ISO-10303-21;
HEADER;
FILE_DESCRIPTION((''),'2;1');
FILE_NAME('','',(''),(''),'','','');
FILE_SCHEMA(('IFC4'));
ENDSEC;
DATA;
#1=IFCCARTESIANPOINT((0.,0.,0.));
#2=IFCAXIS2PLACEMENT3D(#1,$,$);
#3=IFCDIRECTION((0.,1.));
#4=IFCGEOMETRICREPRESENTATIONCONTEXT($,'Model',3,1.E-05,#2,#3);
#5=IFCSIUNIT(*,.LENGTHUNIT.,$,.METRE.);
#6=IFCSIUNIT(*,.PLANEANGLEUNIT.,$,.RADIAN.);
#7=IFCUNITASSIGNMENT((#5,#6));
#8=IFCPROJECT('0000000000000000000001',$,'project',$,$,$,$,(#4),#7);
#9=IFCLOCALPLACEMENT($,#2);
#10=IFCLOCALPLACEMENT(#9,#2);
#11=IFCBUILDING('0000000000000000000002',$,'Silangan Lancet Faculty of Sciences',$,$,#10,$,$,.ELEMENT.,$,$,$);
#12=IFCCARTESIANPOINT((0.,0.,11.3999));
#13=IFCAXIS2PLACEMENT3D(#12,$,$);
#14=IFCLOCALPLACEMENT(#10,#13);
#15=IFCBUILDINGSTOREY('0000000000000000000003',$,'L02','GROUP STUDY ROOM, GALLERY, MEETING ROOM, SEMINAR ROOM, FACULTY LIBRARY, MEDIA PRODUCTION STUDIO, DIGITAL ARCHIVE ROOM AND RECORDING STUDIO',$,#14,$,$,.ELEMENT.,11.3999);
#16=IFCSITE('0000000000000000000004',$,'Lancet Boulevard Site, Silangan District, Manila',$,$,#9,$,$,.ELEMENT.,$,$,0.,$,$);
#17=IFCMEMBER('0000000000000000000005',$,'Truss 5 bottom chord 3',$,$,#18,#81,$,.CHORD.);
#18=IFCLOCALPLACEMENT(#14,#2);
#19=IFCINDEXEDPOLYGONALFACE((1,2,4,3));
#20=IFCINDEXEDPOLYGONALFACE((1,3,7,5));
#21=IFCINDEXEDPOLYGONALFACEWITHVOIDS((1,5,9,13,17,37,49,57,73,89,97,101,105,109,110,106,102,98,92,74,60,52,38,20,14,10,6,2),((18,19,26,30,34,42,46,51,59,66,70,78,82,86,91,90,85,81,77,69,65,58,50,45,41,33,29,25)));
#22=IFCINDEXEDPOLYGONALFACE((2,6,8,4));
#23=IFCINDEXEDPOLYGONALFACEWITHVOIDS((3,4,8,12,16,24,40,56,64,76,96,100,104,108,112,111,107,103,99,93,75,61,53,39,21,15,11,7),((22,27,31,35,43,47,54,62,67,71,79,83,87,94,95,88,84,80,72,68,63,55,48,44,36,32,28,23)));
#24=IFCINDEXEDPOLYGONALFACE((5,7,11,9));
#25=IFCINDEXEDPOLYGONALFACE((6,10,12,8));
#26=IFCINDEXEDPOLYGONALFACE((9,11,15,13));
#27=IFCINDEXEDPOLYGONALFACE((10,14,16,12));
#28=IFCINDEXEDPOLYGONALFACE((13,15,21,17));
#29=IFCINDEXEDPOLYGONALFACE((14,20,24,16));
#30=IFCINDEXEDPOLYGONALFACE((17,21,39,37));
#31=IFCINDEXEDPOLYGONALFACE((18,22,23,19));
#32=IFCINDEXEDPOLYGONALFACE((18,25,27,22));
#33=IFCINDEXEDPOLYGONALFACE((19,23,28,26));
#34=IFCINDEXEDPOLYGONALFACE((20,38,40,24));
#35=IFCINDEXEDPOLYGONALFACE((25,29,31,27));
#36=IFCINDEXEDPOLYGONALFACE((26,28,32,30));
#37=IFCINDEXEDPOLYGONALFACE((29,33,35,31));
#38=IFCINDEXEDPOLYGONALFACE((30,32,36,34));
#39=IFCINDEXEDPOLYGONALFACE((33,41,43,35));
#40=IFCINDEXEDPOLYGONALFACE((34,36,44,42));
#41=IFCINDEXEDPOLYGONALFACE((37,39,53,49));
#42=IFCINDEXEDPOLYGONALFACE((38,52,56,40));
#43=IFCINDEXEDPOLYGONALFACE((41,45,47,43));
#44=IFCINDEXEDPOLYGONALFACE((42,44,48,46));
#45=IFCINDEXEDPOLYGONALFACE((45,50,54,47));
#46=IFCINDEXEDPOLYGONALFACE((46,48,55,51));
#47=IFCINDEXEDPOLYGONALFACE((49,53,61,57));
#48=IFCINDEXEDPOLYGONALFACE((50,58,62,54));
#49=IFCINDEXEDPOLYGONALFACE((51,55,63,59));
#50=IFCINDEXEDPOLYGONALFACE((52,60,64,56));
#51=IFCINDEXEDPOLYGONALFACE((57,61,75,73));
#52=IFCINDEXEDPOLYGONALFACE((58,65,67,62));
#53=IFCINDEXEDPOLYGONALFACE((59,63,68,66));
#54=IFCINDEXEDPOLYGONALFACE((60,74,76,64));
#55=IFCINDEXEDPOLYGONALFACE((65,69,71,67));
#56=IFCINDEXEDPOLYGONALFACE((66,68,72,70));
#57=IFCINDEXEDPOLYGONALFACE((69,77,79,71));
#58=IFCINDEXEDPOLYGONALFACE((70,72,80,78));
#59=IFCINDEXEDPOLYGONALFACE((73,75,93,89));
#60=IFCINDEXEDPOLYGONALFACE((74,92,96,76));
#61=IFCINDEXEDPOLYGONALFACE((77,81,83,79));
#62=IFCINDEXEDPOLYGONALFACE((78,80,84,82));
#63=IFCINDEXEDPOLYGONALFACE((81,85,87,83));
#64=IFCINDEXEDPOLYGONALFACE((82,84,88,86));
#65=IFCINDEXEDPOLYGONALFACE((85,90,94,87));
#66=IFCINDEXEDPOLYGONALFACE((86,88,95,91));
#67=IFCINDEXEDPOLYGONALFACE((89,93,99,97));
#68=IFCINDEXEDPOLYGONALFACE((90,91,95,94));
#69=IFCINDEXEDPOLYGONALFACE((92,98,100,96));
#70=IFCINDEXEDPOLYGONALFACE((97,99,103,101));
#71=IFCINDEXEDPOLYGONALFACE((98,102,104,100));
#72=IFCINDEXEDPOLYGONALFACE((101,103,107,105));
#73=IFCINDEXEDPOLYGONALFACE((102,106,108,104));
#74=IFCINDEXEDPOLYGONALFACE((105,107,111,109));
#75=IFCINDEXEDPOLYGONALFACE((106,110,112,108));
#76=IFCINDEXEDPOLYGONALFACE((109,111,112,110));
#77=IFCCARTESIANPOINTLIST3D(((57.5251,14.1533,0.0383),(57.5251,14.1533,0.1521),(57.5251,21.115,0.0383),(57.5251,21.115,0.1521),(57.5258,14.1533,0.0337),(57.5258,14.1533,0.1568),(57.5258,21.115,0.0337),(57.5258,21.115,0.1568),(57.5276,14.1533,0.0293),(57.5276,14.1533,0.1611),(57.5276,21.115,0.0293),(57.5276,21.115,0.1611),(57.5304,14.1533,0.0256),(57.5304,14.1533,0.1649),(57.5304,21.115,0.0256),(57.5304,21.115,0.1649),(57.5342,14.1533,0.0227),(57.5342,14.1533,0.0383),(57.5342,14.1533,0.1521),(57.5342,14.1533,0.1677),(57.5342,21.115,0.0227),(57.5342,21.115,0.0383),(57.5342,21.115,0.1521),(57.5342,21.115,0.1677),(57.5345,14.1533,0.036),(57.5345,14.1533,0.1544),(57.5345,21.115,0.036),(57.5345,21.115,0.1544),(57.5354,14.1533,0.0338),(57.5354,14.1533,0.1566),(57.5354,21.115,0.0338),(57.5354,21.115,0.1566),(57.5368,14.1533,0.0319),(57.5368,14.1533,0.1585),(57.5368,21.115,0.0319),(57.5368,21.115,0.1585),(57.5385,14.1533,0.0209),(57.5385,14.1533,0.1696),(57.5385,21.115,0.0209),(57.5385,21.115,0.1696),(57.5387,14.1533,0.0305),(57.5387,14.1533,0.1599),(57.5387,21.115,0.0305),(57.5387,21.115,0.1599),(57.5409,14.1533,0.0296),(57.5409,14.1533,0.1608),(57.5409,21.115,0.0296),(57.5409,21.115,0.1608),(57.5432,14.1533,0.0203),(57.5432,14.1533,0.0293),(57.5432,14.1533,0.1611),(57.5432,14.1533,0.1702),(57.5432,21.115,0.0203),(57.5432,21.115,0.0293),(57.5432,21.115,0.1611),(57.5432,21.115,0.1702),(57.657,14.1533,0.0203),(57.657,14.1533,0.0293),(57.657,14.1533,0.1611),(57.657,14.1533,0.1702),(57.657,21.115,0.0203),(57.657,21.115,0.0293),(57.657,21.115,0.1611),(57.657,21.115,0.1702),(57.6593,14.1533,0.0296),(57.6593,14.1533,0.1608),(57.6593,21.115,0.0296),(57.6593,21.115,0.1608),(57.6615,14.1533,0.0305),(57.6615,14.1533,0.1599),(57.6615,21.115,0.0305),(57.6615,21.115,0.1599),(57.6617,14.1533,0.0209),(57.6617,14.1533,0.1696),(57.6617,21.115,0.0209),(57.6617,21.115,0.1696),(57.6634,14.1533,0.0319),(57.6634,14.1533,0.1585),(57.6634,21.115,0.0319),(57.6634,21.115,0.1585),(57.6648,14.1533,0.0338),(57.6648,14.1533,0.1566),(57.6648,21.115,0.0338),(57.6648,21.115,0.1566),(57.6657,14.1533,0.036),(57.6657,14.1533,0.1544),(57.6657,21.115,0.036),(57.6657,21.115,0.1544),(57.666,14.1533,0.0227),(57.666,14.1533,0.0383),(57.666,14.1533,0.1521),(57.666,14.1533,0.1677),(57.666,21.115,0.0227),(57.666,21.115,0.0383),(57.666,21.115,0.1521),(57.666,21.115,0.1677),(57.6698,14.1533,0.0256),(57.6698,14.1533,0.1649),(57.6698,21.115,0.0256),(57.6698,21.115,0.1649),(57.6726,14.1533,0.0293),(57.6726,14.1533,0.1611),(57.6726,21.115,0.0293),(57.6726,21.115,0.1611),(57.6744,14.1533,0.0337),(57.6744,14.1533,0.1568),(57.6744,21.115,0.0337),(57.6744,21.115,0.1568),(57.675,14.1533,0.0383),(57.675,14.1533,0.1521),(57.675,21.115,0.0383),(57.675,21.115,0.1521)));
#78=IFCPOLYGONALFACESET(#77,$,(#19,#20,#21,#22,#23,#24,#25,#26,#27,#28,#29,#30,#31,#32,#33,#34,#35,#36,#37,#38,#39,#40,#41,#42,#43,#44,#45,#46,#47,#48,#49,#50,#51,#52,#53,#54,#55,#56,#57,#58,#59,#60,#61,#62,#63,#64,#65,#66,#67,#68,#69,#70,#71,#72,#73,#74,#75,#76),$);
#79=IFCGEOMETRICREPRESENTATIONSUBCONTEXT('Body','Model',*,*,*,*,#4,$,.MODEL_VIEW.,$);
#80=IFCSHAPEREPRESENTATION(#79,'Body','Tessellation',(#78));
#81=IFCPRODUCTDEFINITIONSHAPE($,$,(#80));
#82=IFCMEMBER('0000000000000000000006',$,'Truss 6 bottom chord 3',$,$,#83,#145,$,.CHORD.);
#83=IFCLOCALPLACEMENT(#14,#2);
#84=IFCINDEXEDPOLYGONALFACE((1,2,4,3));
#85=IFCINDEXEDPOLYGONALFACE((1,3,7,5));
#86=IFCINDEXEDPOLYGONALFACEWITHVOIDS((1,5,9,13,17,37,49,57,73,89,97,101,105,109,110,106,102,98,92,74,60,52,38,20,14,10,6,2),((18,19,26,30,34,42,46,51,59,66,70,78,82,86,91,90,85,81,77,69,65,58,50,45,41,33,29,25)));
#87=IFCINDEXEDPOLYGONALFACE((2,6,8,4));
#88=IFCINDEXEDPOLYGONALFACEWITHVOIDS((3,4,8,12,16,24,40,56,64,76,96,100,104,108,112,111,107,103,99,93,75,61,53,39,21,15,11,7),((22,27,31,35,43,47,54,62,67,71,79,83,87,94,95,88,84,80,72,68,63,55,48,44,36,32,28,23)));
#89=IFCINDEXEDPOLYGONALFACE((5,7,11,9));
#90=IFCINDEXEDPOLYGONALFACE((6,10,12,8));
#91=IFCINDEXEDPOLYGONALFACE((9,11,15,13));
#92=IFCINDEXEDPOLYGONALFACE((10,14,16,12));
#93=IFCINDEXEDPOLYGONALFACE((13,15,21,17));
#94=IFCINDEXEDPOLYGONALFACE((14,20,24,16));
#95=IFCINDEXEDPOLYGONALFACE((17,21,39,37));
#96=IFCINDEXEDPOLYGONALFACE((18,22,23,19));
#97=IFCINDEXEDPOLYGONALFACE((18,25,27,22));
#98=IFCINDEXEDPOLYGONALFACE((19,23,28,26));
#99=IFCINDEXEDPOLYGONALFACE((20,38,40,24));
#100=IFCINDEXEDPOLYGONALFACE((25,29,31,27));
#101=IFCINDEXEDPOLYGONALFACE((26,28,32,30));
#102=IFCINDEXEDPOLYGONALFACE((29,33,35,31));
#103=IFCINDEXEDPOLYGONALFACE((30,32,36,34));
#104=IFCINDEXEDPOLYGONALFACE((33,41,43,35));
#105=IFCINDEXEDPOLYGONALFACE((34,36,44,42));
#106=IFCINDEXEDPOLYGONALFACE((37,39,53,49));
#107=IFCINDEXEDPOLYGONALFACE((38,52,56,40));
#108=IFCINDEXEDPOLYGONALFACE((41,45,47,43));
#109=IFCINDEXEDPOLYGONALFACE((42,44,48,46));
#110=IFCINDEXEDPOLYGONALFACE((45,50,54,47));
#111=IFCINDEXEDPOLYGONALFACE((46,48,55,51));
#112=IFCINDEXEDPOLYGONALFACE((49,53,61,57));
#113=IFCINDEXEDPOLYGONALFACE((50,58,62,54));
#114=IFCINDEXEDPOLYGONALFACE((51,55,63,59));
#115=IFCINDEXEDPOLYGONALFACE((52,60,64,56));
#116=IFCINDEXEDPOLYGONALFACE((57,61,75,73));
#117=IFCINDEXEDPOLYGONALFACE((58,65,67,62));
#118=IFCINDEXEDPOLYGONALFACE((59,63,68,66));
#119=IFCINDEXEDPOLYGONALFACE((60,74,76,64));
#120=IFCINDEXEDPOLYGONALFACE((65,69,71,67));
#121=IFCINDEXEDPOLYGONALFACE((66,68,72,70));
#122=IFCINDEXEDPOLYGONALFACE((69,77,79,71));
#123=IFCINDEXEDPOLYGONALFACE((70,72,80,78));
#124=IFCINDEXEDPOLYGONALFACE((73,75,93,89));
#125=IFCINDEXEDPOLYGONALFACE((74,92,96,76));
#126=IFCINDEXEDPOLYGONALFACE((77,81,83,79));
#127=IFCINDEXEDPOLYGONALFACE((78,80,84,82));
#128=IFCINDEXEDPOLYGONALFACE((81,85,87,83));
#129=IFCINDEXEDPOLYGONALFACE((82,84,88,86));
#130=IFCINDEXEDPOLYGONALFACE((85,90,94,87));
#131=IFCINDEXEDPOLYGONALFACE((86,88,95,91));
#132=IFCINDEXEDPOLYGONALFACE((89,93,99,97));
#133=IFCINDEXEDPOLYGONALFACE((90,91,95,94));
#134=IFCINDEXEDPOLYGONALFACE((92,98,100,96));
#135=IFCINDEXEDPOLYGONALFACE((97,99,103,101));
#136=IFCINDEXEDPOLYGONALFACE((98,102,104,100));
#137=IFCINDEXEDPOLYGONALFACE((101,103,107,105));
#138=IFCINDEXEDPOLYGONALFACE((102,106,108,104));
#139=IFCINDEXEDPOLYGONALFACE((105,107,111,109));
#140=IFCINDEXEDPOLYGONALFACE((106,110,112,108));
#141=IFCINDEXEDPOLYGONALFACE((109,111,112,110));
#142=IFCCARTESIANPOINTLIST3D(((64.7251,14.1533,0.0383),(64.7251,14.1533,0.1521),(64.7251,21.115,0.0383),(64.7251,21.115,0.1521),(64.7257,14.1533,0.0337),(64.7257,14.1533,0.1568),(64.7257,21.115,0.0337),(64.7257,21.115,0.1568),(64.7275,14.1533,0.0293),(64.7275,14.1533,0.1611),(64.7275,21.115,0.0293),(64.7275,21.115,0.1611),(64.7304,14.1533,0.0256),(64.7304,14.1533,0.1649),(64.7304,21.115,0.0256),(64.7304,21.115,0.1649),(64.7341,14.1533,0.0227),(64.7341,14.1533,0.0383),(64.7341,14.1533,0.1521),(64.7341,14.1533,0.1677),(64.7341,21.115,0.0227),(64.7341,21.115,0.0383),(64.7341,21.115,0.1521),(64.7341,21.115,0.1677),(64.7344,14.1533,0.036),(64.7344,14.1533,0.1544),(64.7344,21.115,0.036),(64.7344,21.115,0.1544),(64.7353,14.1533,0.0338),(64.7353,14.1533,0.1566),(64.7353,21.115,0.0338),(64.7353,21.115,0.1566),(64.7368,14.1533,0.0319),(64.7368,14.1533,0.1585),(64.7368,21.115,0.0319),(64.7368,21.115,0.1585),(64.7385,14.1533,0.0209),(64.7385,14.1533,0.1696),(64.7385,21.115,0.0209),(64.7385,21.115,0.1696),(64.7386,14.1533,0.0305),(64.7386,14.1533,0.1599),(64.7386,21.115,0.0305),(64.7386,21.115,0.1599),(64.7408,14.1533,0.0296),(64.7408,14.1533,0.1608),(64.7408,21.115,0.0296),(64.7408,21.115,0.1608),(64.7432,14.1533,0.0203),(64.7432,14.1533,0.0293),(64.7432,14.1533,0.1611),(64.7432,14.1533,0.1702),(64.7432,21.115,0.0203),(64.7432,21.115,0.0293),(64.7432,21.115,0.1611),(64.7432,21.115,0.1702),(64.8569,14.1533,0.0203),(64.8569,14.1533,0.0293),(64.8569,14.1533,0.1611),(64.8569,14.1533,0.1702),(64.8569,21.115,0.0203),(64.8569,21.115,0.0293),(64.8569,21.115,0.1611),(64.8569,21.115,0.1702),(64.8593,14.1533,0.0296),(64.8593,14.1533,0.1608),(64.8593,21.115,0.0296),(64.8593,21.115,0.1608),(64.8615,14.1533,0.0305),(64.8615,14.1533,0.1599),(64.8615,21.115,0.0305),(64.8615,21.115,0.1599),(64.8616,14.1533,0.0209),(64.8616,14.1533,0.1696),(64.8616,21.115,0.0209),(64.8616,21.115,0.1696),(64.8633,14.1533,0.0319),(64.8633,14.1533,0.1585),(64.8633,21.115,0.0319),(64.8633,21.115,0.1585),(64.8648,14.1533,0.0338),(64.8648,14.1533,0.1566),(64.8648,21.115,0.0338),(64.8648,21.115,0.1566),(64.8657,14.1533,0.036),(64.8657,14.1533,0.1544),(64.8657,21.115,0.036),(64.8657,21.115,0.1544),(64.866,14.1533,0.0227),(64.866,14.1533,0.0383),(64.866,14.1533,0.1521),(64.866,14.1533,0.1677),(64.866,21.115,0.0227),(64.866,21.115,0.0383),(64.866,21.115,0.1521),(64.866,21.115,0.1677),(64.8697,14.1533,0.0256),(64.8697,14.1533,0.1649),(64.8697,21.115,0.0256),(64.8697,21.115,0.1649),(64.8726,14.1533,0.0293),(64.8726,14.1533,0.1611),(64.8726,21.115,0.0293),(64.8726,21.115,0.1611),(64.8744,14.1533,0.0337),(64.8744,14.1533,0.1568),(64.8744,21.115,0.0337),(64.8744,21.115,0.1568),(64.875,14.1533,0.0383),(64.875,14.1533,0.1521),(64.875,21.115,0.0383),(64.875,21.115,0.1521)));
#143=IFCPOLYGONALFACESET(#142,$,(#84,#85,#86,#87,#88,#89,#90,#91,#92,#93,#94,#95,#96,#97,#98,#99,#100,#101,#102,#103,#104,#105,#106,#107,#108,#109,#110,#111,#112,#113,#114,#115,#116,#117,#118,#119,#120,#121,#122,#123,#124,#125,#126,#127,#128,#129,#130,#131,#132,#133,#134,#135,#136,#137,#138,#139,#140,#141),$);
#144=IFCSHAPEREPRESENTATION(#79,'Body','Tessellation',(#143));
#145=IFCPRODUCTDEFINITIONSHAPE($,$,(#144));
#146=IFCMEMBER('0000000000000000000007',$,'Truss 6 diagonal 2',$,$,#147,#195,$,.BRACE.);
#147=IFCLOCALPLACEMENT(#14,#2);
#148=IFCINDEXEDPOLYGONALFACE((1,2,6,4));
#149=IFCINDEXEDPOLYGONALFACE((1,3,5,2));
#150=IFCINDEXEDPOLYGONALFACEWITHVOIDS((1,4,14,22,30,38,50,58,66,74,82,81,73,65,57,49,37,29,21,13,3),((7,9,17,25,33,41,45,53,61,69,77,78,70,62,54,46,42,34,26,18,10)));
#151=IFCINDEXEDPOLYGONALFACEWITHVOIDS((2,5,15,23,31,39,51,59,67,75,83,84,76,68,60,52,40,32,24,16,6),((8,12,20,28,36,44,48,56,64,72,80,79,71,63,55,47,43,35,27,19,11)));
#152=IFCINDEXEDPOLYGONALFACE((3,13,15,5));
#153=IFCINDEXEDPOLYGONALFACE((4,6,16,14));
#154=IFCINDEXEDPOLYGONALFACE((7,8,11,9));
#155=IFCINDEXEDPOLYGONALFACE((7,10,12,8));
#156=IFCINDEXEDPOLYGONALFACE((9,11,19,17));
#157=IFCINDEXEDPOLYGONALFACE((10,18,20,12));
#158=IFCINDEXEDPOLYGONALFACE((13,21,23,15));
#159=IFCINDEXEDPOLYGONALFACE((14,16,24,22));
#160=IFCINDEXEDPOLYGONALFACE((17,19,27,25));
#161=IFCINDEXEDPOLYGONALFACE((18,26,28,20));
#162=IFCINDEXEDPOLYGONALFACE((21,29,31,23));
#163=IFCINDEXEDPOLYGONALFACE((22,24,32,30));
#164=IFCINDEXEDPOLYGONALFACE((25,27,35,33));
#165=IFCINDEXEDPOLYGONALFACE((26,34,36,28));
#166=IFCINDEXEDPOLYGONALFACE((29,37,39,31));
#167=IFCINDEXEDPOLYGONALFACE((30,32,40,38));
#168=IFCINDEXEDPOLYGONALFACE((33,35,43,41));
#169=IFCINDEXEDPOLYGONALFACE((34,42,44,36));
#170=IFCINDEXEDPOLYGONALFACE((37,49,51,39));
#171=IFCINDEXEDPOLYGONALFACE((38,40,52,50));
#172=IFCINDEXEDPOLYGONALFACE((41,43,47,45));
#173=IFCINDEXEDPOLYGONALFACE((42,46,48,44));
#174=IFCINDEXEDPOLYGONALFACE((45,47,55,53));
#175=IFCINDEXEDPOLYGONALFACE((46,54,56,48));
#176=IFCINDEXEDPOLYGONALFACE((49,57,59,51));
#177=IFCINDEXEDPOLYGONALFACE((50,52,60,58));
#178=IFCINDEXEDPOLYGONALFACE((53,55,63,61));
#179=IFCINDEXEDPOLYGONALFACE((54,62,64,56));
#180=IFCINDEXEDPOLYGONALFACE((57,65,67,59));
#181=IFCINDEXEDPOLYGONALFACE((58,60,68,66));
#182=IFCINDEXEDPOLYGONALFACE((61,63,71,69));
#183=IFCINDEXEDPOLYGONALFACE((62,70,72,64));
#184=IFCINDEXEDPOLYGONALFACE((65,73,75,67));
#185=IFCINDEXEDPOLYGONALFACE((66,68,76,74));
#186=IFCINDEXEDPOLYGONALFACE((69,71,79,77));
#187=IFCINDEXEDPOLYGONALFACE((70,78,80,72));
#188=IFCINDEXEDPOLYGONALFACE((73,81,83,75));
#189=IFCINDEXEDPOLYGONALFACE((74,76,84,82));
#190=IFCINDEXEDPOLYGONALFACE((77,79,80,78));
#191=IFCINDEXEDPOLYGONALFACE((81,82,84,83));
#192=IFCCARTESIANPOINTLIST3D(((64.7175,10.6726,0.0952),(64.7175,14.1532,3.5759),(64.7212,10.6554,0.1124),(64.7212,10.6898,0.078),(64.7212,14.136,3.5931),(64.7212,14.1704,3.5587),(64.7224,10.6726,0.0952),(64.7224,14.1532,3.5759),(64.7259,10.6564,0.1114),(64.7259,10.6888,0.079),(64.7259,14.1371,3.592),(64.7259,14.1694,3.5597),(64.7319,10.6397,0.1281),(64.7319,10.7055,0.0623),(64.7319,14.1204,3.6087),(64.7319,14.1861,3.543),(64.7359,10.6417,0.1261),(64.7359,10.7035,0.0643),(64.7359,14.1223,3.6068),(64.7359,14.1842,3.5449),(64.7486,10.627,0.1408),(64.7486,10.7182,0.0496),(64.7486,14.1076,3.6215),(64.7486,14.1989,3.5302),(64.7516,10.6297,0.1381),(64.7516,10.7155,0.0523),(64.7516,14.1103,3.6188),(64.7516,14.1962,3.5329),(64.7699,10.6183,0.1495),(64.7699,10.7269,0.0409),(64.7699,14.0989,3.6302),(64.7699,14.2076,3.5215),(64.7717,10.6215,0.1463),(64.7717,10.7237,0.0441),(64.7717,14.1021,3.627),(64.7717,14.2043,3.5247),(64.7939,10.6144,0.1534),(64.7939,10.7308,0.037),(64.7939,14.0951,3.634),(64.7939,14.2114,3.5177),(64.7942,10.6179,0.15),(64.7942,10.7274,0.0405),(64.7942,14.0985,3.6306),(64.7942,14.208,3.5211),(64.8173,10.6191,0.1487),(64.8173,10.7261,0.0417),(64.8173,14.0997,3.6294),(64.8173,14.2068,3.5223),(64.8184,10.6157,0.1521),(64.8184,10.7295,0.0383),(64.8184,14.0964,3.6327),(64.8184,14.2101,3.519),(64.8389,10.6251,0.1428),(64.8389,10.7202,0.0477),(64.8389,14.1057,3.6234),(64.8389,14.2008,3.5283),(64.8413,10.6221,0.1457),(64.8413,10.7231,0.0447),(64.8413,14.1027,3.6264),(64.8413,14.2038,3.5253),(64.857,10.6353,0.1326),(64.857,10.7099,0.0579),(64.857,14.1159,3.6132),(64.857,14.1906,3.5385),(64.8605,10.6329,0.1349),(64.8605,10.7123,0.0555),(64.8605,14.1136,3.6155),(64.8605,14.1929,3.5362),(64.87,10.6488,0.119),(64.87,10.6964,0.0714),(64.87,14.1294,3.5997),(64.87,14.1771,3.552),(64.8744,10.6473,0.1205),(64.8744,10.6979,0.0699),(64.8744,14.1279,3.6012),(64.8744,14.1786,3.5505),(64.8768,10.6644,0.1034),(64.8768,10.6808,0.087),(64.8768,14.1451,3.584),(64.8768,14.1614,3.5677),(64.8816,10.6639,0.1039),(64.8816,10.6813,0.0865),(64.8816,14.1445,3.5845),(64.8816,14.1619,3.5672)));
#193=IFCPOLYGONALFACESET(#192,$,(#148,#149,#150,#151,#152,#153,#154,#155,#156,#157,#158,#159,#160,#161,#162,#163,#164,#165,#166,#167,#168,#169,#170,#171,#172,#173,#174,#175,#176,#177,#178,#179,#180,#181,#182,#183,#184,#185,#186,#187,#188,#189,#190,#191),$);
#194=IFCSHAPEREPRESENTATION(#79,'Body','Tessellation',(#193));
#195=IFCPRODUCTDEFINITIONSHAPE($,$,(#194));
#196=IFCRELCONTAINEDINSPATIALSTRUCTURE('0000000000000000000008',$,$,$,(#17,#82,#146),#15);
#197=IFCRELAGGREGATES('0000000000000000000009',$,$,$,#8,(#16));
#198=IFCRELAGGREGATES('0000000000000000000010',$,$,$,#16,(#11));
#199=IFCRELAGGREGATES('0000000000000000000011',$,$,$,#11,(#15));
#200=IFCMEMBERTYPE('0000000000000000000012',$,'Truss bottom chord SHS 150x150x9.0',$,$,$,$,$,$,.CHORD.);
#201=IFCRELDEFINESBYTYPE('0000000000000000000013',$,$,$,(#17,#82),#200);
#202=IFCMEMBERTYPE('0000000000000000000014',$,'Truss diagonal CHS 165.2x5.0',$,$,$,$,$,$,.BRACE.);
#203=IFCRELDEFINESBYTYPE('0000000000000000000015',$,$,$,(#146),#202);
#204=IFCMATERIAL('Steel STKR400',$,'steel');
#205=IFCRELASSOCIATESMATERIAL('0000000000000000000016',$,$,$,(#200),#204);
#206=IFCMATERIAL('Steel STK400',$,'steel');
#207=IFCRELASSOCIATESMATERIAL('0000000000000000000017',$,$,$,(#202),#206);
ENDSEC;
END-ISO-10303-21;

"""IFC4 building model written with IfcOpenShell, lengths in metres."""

from ifc_helpers import new_model, si_unit, direction, frame, origin, origin_2d, place, context, subcontext, project, spatial, hollow_rectangle, hollow_circle, extrude, material, material_profile, profile_set, type_object, element, save


model = new_model("IFC4")

# Units and contexts
model_context = context("Model", 3, precision=1e-05, world=origin(), true_north=direction((0.0, 1.0)))
body_context = subcontext(model_context, "Body", "Model", "MODEL_VIEW")
ifc_project = project(units=[si_unit("LENGTHUNIT", "METRE"), si_unit("PLANEANGLEUNIT", "RADIAN")], contexts=[model_context])

# Site, building, storey
site_placement = place(None, origin())
site = spatial("IfcSite", under=ifc_project, at=site_placement, Name="Lancet Boulevard Site, Silangan District, Manila", CompositionType="ELEMENT", RefElevation=0.0)
building_placement = place(site_placement, origin())
building = spatial("IfcBuilding", under=site, at=building_placement, Name="Silangan Lancet Faculty of Sciences", CompositionType="ELEMENT")
storey_placement = place(building_placement, frame((0.0, 0.0, 11.3999)))
storey = spatial("IfcBuildingStorey", under=building, at=storey_placement, Name="L02", Description="GROUP STUDY ROOM, GALLERY, MEETING ROOM, SEMINAR ROOM, FACULTY LIBRARY, MEDIA PRODUCTION STUDIO, DIGITAL ARCHIVE ROOM AND RECORDING STUDIO", CompositionType="ELEMENT", Elevation=11.3999)

# Members
ifc_material_1 = material(Name="Steel STKR400", Category="steel")
ifc_material_profile_1 = material_profile(ifc_material_1, hollow_rectangle(XDim=0.1499, YDim=0.1499, WallThickness=0.009, InnerFilletRadius=0.009, OuterFilletRadius=0.0181, at=origin_2d()), Name="SHS 150x150x9.0")
ifc_profile_set_1 = profile_set([ifc_material_profile_1], Name="Steel STKR400")
member_type_1 = type_object("IfcMemberType", Name="Truss bottom chord SHS 150x150x9.0", PredefinedType="CHORD", material=ifc_profile_set_1)
for number, where, z_axis, x_axis, name in (
    (1, (57.6001, 14.1533, 0.0952), (0.0, 1.0, 0.0), (-1.0, 0.0, 0.0), "Truss 5 bottom chord 3"),
    (2, (64.8, 14.1533, 0.0952), (0.0, 1.0, 0.0), (-1.0, 0.0, 0.0), "Truss 6 bottom chord 3"),
):
    element("IfcMember", number, at=place(storey_placement, frame(where, z_axis=z_axis, x_axis=x_axis)), inside=storey, type_object=member_type_1, Name=name, PredefinedType="CHORD", context=body_context, shape_type="SweptSolid", body=[
        extrude(hollow_rectangle(XDim=0.1499, YDim=0.1499, WallThickness=0.009, InnerFilletRadius=0.009, OuterFilletRadius=0.0181, at=origin_2d()), origin(), (0.0, 0.0, 1.0), 6.9617),
    ])
ifc_material_2 = material(Name="Steel STK400", Category="steel")
ifc_material_profile_2 = material_profile(ifc_material_2, hollow_circle(Radius=0.0825, WallThickness=0.0049, at=origin_2d()), Name="CHS 165.2x5.0")
ifc_profile_set_2 = profile_set([ifc_material_profile_2], Name="Steel STK400")
member_type_2 = type_object("IfcMemberType", Name="Truss diagonal CHS 165.2x5.0", PredefinedType="BRACE", material=ifc_profile_set_2)
member_1_placement = place(storey_placement, frame((64.8, 10.6726, 0.0952), z_axis=(0.0, 0.707107, 0.707107), x_axis=(-1.0, 0.0, 0.0)))
element("IfcMember", 3, at=member_1_placement, inside=storey, type_object=member_type_2, Name="Truss 6 diagonal 2", PredefinedType="BRACE", context=body_context, shape_type="SweptSolid", body=[
    extrude(hollow_circle(Radius=0.0825, WallThickness=0.0049, at=origin_2d()), origin(), (0.0, 0.0, 1.0), 4.9224),
])

save(model, "model.ifc")
